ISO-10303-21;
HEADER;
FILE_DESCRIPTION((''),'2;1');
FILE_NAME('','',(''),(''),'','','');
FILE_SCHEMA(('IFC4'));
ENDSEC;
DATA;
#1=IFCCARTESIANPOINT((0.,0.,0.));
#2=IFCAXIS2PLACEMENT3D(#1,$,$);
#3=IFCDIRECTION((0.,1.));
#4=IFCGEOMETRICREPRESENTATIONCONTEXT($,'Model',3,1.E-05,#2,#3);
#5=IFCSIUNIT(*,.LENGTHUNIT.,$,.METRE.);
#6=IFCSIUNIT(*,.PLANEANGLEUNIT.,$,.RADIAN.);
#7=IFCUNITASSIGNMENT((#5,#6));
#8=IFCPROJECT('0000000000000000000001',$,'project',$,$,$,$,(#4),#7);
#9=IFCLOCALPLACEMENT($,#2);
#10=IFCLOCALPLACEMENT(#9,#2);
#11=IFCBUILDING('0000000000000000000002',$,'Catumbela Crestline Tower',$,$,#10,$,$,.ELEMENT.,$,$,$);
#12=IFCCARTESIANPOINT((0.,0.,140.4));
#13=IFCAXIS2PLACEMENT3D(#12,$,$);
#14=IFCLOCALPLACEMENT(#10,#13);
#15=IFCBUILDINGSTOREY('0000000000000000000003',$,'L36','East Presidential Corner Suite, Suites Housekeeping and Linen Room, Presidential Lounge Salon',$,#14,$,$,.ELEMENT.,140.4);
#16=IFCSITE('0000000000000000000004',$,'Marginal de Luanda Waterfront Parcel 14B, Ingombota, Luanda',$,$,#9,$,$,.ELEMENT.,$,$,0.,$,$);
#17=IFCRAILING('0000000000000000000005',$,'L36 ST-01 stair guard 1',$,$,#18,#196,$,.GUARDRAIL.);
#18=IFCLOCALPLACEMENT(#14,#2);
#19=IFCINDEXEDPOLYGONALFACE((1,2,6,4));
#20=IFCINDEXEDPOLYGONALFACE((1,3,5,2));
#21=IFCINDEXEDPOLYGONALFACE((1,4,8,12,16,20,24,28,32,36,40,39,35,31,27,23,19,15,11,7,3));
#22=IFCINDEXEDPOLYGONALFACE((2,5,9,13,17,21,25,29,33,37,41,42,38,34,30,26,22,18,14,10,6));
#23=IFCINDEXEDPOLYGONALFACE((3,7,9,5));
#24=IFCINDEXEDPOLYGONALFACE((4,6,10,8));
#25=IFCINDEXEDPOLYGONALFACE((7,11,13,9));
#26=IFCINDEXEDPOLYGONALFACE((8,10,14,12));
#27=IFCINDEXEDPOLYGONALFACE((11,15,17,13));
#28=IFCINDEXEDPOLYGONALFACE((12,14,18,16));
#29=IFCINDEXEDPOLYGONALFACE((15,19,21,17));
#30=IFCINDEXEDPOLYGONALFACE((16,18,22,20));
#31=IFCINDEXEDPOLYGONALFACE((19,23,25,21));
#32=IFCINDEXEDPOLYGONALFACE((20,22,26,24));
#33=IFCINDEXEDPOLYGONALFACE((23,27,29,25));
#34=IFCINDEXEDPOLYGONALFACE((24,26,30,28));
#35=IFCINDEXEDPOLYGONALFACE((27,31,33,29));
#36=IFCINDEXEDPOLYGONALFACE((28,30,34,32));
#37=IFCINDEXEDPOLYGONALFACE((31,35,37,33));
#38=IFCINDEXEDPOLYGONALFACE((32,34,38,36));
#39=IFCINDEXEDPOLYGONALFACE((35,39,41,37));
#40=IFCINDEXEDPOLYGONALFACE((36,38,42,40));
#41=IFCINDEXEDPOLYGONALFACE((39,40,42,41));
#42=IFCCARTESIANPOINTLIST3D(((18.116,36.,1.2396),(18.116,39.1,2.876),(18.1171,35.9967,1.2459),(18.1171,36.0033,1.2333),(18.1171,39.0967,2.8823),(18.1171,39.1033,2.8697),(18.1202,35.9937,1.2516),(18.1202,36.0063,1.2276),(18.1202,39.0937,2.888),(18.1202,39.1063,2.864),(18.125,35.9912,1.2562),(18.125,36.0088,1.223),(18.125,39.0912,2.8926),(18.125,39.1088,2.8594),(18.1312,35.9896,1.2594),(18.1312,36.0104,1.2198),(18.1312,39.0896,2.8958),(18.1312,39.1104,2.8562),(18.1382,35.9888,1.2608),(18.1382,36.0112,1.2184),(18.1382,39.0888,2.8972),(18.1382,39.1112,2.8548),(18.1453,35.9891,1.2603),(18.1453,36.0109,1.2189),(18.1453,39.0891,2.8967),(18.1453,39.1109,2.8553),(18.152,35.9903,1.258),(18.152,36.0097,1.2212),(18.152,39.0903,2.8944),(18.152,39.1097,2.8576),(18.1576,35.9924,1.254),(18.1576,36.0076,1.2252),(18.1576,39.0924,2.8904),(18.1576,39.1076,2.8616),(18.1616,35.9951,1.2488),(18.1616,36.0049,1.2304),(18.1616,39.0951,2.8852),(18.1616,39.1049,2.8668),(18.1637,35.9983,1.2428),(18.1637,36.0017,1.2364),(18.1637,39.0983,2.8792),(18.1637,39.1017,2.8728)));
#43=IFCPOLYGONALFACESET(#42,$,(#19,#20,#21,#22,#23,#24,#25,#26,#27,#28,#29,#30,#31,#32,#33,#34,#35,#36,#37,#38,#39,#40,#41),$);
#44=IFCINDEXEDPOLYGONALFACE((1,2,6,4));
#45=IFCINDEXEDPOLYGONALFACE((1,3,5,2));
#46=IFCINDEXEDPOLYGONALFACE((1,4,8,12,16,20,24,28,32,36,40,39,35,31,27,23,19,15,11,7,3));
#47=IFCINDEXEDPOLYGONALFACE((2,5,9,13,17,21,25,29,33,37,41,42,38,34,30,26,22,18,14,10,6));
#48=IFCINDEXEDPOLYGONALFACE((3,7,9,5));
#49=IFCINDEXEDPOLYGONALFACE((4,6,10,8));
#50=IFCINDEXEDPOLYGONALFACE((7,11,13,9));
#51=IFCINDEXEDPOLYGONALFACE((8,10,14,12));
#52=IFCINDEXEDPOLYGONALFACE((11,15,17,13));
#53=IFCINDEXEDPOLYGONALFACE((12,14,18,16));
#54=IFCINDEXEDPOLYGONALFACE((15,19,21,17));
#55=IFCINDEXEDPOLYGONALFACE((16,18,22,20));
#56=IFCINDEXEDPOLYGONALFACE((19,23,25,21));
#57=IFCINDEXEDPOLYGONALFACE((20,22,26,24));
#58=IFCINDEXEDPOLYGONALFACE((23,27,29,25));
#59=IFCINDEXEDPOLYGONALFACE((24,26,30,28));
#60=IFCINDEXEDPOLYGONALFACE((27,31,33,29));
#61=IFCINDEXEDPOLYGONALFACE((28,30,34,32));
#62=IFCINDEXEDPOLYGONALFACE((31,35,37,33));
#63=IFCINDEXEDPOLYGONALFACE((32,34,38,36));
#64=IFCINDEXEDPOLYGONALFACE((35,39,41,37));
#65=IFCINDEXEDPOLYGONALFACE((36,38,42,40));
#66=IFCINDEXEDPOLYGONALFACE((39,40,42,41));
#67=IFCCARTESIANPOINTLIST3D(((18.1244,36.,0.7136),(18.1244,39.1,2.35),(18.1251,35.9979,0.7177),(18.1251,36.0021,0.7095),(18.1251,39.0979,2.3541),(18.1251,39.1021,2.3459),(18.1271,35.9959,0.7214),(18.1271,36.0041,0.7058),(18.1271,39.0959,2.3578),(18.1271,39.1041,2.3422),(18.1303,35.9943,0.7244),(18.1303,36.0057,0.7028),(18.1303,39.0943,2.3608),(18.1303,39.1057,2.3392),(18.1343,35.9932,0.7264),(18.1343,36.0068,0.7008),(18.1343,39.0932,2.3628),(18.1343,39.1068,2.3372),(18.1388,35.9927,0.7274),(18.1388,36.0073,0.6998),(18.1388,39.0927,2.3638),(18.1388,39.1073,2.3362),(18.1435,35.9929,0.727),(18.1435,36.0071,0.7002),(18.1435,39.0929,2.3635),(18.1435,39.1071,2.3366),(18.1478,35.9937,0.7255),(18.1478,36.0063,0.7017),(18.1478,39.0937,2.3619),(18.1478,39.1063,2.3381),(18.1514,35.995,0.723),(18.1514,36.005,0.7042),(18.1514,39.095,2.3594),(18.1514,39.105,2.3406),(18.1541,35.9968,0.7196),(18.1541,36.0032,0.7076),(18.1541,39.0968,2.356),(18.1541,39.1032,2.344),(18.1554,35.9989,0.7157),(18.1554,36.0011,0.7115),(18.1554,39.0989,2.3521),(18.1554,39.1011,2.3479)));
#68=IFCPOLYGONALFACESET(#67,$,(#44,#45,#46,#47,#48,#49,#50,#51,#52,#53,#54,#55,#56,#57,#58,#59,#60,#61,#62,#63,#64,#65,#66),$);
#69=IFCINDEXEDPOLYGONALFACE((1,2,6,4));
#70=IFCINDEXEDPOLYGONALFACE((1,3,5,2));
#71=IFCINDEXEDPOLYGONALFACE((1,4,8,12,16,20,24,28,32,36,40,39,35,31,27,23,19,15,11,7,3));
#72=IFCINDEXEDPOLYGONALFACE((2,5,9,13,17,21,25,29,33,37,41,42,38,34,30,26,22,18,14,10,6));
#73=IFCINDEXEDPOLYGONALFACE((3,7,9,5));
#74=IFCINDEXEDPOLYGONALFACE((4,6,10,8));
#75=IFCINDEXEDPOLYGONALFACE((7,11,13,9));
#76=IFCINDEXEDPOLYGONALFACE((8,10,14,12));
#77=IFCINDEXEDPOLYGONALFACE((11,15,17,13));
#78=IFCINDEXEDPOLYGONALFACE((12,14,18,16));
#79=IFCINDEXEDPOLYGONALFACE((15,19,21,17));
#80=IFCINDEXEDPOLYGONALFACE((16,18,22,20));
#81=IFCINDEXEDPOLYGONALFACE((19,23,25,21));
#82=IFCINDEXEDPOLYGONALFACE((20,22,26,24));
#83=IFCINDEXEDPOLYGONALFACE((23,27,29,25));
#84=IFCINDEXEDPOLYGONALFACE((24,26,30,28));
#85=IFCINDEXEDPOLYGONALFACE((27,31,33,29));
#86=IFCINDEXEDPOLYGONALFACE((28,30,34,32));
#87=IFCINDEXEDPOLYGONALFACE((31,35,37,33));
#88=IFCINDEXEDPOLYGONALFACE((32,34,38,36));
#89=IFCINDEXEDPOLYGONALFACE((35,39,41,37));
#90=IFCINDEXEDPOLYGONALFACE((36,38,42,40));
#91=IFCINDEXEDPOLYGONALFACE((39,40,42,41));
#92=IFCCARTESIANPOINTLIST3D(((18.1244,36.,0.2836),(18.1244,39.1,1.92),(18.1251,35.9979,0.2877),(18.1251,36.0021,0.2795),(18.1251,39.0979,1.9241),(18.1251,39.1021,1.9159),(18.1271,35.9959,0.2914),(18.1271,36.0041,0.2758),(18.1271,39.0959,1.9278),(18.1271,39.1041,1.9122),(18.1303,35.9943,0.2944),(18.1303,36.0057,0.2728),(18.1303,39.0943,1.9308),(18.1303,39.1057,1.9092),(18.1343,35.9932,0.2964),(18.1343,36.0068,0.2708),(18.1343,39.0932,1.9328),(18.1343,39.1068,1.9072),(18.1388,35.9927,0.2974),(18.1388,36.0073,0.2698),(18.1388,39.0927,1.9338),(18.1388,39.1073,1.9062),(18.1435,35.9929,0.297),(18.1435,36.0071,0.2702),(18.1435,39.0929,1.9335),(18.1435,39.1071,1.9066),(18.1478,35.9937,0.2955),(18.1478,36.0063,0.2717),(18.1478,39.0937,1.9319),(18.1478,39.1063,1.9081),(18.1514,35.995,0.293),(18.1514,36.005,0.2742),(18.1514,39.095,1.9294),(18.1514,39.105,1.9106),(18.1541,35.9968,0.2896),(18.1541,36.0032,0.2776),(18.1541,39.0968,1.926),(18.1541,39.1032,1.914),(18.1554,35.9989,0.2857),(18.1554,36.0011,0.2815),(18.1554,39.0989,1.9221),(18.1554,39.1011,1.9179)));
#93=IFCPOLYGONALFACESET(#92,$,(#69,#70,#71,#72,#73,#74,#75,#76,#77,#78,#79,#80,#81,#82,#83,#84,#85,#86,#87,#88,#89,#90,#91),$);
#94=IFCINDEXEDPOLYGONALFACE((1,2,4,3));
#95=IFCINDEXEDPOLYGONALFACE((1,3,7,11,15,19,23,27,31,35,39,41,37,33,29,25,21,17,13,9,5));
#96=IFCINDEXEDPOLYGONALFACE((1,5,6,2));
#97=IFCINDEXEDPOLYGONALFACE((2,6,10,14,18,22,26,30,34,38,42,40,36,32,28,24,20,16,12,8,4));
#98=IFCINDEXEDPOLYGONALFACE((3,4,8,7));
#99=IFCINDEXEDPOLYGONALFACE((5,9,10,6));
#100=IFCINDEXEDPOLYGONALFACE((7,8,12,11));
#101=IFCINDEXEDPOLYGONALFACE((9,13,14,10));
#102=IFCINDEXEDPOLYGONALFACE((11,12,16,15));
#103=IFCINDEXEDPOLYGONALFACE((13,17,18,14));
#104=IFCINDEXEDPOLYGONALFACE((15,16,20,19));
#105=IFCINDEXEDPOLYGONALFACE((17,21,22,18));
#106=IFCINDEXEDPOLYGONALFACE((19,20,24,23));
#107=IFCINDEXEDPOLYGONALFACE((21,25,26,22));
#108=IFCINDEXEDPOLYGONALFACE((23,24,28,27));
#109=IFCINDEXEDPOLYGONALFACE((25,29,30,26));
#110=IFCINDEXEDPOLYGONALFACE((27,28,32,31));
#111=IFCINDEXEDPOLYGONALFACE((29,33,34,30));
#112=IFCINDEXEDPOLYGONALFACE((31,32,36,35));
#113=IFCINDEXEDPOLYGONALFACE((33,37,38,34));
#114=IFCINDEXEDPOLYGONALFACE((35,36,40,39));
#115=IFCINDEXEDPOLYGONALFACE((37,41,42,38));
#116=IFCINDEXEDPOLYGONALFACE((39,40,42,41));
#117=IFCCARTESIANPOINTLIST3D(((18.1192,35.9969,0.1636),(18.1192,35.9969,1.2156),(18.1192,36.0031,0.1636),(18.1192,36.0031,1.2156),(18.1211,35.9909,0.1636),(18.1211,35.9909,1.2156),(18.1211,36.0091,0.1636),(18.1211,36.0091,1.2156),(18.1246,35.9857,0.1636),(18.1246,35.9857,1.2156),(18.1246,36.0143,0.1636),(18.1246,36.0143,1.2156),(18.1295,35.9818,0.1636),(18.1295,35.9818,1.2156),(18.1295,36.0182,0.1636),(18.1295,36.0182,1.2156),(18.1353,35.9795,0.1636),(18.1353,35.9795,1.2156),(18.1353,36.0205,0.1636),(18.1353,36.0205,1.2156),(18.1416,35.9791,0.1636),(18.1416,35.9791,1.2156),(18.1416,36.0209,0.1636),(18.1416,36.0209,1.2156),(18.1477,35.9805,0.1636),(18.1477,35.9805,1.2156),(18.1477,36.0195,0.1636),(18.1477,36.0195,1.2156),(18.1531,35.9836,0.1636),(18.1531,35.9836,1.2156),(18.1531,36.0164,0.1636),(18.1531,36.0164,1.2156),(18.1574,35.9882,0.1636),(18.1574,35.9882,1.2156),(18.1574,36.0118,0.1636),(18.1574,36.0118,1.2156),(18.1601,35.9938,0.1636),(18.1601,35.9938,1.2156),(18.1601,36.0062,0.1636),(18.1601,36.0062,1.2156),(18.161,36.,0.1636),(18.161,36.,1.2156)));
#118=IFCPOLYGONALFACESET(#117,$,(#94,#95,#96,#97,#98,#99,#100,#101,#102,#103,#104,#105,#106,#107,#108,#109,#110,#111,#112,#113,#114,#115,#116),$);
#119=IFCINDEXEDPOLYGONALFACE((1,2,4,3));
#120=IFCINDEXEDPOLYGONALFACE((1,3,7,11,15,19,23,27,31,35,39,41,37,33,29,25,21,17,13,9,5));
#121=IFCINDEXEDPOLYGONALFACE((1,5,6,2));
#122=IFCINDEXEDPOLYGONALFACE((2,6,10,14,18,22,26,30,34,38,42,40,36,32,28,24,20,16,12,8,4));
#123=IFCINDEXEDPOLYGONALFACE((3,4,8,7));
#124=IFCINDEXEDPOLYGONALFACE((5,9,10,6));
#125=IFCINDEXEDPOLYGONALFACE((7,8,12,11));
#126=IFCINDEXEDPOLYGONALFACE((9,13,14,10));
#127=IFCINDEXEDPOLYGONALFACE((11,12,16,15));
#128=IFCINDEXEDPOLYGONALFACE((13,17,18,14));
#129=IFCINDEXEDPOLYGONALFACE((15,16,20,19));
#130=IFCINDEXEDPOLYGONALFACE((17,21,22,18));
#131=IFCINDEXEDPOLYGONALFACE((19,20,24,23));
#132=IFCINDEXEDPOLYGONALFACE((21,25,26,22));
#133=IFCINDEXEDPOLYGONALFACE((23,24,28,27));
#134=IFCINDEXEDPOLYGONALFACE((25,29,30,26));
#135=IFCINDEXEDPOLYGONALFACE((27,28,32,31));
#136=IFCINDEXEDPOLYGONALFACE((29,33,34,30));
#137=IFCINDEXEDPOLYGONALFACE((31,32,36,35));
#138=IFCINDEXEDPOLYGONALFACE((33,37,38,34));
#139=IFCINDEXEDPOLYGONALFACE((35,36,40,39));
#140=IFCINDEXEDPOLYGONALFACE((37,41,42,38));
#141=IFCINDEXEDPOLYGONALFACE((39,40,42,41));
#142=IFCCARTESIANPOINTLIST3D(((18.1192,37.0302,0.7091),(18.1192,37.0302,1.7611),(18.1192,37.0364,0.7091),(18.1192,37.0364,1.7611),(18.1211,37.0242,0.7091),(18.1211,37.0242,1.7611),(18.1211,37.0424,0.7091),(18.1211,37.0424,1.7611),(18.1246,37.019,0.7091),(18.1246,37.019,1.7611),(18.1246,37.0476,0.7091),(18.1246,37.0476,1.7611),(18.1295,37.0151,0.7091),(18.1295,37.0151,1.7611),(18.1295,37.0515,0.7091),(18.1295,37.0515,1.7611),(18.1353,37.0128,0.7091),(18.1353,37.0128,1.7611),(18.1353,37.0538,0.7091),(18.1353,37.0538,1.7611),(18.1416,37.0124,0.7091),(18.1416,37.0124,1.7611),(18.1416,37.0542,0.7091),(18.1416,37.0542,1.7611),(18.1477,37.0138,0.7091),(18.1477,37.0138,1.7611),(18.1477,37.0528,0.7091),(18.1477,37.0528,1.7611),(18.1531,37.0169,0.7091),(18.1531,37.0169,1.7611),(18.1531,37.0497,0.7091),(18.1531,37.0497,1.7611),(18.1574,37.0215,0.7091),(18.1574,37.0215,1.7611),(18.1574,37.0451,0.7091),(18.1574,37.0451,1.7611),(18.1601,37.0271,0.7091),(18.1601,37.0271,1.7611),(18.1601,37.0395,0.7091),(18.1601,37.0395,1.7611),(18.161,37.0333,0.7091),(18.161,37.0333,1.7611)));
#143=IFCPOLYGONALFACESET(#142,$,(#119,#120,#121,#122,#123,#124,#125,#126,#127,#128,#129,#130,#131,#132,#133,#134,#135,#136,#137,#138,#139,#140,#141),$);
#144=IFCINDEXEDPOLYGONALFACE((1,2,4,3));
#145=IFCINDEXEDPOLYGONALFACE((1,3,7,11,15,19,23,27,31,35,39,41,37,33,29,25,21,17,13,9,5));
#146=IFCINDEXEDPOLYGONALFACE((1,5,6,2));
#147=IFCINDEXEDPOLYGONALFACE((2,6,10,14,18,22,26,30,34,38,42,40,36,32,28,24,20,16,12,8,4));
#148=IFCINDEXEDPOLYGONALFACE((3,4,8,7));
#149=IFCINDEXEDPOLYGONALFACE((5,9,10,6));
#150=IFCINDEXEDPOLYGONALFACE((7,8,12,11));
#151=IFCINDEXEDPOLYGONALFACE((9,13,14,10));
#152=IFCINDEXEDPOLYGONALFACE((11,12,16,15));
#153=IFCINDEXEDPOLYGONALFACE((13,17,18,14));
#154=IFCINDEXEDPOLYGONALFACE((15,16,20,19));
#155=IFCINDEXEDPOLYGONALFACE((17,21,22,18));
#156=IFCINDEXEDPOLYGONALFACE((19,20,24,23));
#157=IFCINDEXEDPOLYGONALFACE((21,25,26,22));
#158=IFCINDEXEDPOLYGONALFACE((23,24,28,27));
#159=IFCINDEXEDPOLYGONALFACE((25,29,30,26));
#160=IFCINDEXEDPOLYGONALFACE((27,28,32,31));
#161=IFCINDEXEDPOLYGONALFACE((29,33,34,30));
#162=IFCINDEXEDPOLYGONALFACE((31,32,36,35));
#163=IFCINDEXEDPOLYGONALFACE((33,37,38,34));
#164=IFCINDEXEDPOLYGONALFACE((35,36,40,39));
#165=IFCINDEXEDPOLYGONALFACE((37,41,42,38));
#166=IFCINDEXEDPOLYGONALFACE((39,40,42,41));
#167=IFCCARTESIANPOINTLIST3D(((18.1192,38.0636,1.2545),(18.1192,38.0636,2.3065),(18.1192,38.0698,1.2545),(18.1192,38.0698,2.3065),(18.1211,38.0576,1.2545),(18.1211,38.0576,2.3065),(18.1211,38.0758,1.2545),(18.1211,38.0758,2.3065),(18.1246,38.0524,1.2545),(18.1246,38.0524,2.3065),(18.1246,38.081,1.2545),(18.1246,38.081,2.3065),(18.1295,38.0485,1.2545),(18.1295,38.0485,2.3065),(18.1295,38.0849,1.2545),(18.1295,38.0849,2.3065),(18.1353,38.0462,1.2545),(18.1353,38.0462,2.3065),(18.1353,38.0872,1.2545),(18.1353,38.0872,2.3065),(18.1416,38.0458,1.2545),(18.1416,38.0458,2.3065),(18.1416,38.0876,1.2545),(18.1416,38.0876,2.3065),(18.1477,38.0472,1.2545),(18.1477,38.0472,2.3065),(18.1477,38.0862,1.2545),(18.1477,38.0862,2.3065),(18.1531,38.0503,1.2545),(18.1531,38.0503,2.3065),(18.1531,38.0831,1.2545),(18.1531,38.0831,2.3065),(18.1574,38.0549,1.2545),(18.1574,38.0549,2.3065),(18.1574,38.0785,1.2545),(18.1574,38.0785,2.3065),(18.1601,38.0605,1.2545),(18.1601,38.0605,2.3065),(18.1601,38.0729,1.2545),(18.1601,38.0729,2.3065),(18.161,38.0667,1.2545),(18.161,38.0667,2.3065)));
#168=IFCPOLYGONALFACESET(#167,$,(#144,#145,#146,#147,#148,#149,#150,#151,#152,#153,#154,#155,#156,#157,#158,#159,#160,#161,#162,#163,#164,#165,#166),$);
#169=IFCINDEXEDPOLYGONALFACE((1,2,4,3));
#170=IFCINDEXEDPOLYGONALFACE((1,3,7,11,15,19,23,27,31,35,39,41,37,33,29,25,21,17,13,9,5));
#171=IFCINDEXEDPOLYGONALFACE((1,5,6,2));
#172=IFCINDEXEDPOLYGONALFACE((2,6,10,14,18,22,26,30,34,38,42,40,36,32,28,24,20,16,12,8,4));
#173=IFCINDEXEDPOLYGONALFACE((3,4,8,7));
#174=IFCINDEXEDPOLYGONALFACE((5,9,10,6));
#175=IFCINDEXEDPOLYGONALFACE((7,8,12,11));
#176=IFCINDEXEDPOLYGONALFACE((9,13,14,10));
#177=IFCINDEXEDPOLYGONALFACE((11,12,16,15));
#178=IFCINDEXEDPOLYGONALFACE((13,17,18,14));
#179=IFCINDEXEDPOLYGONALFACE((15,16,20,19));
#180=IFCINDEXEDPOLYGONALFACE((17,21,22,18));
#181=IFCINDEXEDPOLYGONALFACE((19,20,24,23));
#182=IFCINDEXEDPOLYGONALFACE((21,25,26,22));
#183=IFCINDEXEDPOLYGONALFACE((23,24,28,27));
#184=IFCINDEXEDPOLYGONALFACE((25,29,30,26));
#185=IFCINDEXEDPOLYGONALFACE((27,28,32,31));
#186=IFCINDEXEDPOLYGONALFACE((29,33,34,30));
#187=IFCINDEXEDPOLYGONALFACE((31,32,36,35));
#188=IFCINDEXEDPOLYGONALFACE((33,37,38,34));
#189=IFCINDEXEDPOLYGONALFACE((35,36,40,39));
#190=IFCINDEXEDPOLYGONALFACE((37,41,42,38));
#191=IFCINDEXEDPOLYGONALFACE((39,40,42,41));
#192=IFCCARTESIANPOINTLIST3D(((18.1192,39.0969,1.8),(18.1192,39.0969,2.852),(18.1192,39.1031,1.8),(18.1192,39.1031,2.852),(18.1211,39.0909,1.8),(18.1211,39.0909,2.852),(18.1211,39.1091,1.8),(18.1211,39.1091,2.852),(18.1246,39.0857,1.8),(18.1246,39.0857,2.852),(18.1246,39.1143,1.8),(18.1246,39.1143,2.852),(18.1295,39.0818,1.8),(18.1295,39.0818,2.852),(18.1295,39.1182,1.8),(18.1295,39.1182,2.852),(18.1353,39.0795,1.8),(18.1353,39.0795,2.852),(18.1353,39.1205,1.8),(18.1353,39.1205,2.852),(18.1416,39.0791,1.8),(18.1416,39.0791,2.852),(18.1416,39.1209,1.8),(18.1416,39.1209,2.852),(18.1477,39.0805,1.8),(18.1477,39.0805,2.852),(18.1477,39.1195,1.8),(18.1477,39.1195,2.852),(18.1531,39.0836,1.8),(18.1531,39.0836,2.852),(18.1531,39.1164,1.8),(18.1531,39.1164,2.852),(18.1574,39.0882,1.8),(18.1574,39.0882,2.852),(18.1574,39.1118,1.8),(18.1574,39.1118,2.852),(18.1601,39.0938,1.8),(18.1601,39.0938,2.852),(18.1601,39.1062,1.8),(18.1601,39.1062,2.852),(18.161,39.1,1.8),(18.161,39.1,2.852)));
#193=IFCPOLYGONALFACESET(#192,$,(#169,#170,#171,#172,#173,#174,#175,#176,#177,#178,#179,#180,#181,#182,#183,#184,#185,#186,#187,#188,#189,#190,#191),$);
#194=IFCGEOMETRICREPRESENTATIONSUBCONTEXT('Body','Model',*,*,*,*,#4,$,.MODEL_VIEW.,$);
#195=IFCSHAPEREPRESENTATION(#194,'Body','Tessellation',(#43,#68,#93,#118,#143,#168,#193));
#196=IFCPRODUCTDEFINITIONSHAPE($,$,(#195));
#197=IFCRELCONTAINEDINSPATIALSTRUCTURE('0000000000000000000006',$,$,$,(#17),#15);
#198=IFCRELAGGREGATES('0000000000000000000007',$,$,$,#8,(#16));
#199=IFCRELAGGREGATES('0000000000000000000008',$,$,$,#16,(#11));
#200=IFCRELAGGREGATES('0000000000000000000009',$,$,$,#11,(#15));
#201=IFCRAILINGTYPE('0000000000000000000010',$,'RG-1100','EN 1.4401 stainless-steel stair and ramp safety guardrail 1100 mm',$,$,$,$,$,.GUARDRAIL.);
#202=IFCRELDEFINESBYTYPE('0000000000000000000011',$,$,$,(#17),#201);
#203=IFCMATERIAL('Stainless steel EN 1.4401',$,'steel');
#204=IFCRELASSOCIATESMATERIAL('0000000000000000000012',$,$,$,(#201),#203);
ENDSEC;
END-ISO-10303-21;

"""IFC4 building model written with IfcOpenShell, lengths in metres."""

from ifc_helpers import new_model, si_unit, direction, frame, origin, origin_2d, place, context, subcontext, project, spatial, circle, extrude, material, type_object, element, save


model = new_model("IFC4")

# Units and contexts
model_context = context("Model", 3, precision=1e-05, world=origin(), true_north=direction((0.0, 1.0)))
body_context = subcontext(model_context, "Body", "Model", "MODEL_VIEW")
ifc_project = project(units=[si_unit("LENGTHUNIT", "METRE"), si_unit("PLANEANGLEUNIT", "RADIAN")], contexts=[model_context])

# Site, building, storey
site_placement = place(None, origin())
site = spatial("IfcSite", under=ifc_project, at=site_placement, Name="Marginal de Luanda Waterfront Parcel 14B, Ingombota, Luanda", CompositionType="ELEMENT", RefElevation=0.0)
building_placement = place(site_placement, origin())
building = spatial("IfcBuilding", under=site, at=building_placement, Name="Catumbela Crestline Tower", CompositionType="ELEMENT")
storey_placement = place(building_placement, frame((0.0, 0.0, 140.4)))
storey = spatial("IfcBuildingStorey", under=building, at=storey_placement, Name="L36", Description="East Presidential Corner Suite, Suites Housekeeping and Linen Room, Presidential Lounge Salon", CompositionType="ELEMENT", Elevation=140.4)

# Shared definitions
ifc_material_1 = material(Name="Stainless steel EN 1.4401", Category="steel")

# Railing
railing_type = type_object("IfcRailingType", Name="RG-1100", Description="EN 1.4401 stainless-steel stair and ramp safety guardrail 1100 mm", PredefinedType="GUARDRAIL", material=ifc_material_1)
railing_1_placement = place(storey_placement, frame((18.14, 36.0, 0.1636)))
element("IfcRailing", 1, at=railing_1_placement, inside=storey, type_object=railing_type, Name="L36 ST-01 stair guard 1", PredefinedType="GUARDRAIL", context=body_context, shape_type="SweptSolid", body=[
    extrude(circle(Radius=0.024, at=origin_2d()), frame((0.0, 0.0, 1.076), z_axis=(0.0, 0.884351, 0.466823), x_axis=(-1.0, 0.0, 0.0)), (0.0, 0.0, 1.0), 3.5054),
    extrude(circle(Radius=0.0156, at=origin_2d()), frame((0.0, 0.0, 0.55), z_axis=(0.0, 0.884351, 0.466823), x_axis=(-1.0, 0.0, 0.0)), (0.0, 0.0, 1.0), 3.5054),
    extrude(circle(Radius=0.0156, at=origin_2d()), frame((0.0, 0.0, 0.12), z_axis=(0.0, 0.884351, 0.466823), x_axis=(-1.0, 0.0, 0.0)), (0.0, 0.0, 1.0), 3.5054),
    extrude(circle(Radius=0.021, at=origin_2d()), origin(), (0.0, 0.0, 1.0), 1.052),
    extrude(circle(Radius=0.021, at=origin_2d()), frame((0.0, 1.0333, 0.5455)), (0.0, 0.0, 1.0), 1.052),
    extrude(circle(Radius=0.021, at=origin_2d()), frame((0.0, 2.0667, 1.0909)), (0.0, 0.0, 1.0), 1.052),
    extrude(circle(Radius=0.021, at=origin_2d()), frame((0.0, 3.1, 1.6364)), (0.0, 0.0, 1.0), 1.052),
])

save(model, "model.ifc")
